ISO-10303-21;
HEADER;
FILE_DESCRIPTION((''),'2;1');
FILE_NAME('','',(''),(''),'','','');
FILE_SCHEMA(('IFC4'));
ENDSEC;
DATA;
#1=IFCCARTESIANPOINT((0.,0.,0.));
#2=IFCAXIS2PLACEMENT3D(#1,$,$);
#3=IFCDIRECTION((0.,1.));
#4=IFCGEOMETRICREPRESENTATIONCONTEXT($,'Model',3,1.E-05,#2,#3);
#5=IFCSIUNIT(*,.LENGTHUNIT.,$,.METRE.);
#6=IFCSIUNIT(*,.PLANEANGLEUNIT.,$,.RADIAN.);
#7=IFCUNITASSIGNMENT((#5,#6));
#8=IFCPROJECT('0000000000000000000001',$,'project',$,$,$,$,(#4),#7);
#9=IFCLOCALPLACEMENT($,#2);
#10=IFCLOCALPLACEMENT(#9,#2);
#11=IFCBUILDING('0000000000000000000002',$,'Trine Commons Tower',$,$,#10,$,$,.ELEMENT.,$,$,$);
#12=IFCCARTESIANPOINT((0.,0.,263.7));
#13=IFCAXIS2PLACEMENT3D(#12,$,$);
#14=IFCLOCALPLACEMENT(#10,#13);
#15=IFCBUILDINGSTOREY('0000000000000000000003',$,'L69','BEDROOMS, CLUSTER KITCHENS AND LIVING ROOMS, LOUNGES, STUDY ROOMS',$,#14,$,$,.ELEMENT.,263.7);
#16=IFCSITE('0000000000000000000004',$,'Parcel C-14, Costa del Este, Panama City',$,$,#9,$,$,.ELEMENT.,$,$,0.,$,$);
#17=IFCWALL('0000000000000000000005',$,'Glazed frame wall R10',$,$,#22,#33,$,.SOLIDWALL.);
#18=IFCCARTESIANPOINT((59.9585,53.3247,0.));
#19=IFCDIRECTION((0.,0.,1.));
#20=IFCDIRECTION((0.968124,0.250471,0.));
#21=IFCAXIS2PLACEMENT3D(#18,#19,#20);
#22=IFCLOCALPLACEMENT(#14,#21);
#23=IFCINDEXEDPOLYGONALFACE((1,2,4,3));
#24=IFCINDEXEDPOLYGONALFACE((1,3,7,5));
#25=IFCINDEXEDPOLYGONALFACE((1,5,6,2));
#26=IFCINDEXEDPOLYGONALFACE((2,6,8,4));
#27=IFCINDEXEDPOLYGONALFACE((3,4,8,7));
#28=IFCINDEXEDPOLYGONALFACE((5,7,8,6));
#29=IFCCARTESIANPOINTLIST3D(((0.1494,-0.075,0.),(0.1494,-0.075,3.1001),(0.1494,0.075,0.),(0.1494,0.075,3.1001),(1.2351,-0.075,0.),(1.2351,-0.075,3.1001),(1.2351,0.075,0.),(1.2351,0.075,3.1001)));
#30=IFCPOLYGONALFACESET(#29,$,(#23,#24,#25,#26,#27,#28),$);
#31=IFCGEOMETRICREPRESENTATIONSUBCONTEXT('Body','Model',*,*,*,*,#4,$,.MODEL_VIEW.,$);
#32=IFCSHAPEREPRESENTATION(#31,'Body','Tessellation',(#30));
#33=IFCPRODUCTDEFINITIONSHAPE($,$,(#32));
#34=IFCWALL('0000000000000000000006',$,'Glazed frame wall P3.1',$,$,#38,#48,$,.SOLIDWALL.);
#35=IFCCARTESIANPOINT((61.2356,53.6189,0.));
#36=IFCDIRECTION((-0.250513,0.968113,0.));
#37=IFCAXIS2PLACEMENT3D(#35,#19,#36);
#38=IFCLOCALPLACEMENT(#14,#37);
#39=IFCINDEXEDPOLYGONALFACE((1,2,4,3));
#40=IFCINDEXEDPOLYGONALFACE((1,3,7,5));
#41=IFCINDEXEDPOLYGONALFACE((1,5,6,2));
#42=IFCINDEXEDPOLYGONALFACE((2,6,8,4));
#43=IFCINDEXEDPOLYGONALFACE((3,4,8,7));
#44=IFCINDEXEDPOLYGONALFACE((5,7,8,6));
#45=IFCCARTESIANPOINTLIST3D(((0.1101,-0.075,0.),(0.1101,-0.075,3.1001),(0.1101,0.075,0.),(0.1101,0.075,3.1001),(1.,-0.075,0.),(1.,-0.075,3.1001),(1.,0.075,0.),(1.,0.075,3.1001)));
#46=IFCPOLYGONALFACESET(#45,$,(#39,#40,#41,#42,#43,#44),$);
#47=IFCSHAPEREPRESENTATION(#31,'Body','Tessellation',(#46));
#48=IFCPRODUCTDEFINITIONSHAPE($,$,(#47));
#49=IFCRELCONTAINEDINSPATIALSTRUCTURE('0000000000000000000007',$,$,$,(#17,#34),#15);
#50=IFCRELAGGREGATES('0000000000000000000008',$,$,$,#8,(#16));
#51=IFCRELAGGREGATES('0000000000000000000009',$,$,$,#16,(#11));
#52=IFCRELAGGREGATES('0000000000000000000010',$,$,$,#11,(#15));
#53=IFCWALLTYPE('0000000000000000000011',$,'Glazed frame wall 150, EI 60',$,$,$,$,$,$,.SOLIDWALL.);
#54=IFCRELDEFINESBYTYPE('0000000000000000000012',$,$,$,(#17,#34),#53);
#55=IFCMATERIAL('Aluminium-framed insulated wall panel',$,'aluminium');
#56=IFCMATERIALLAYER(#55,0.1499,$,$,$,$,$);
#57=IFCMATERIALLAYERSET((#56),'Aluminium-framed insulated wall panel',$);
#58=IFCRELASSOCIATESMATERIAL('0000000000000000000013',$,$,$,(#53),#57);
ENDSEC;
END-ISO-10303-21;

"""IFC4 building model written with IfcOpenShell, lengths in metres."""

from ifc_helpers import new_model, si_unit, direction, frame, origin, place, context, subcontext, project, spatial, polyline, outline, extrude, material, layer, layer_set, type_object, element, save


model = new_model("IFC4")

# Units and contexts
model_context = context("Model", 3, precision=1e-05, world=origin(), true_north=direction((0.0, 1.0)))
body_context = subcontext(model_context, "Body", "Model", "MODEL_VIEW")
ifc_project = project(units=[si_unit("LENGTHUNIT", "METRE"), si_unit("PLANEANGLEUNIT", "RADIAN")], contexts=[model_context])

# Site, building, storey
site_placement = place(None, origin())
site = spatial("IfcSite", under=ifc_project, at=site_placement, Name="Parcel C-14, Costa del Este, Panama City", CompositionType="ELEMENT", RefElevation=0.0)
building_placement = place(site_placement, origin())
building = spatial("IfcBuilding", under=site, at=building_placement, Name="Trine Commons Tower", CompositionType="ELEMENT")
storey_placement = place(building_placement, frame((0.0, 0.0, 263.7)))
storey = spatial("IfcBuildingStorey", under=building, at=storey_placement, Name="L69", Description="BEDROOMS, CLUSTER KITCHENS AND LIVING ROOMS, LOUNGES, STUDY ROOMS", CompositionType="ELEMENT", Elevation=263.7)

# Walls
ifc_material_1 = material(Name="Aluminium-framed insulated wall panel", Category="aluminium")
ifc_layer_1 = layer(ifc_material_1, 0.1499)
ifc_layer_set_1 = layer_set([ifc_layer_1], Name="Aluminium-framed insulated wall panel")
wall_type_1 = type_object("IfcWallType", Name="Glazed frame wall 150, EI 60", PredefinedType="SOLIDWALL", material=ifc_layer_set_1)
wall_1_placement = place(storey_placement, frame((59.9585, 53.3247, 0.0), z_axis=(0.0, 0.0, 1.0), x_axis=(0.968124, 0.250471, 0.0)))
element("IfcWall", 1, at=wall_1_placement, inside=storey, type_object=wall_type_1, Name="Glazed frame wall R10", PredefinedType="SOLIDWALL", context=body_context, shape_type="SweptSolid", body=[
    extrude(outline(polyline([(0.1494, 0.075), (0.1494, -0.075), (1.2351, -0.075), (1.2351, 0.075), (0.1494, 0.075)])), origin(), (0.0, 0.0, 1.0), 3.1001),
])
wall_2_placement = place(storey_placement, frame((61.2356, 53.6189, 0.0), z_axis=(0.0, 0.0, 1.0), x_axis=(-0.250513, 0.968113, 0.0)))
element("IfcWall", 2, at=wall_2_placement, inside=storey, type_object=wall_type_1, Name="Glazed frame wall P3.1", PredefinedType="SOLIDWALL", context=body_context, shape_type="SweptSolid", body=[
    extrude(outline(polyline([(0.1101, -0.075), (1.0, -0.075), (1.0, 0.075), (0.1101, 0.075), (0.1101, -0.075)])), origin(), (0.0, 0.0, 1.0), 3.1001),
])

save(model, "model.ifc")
